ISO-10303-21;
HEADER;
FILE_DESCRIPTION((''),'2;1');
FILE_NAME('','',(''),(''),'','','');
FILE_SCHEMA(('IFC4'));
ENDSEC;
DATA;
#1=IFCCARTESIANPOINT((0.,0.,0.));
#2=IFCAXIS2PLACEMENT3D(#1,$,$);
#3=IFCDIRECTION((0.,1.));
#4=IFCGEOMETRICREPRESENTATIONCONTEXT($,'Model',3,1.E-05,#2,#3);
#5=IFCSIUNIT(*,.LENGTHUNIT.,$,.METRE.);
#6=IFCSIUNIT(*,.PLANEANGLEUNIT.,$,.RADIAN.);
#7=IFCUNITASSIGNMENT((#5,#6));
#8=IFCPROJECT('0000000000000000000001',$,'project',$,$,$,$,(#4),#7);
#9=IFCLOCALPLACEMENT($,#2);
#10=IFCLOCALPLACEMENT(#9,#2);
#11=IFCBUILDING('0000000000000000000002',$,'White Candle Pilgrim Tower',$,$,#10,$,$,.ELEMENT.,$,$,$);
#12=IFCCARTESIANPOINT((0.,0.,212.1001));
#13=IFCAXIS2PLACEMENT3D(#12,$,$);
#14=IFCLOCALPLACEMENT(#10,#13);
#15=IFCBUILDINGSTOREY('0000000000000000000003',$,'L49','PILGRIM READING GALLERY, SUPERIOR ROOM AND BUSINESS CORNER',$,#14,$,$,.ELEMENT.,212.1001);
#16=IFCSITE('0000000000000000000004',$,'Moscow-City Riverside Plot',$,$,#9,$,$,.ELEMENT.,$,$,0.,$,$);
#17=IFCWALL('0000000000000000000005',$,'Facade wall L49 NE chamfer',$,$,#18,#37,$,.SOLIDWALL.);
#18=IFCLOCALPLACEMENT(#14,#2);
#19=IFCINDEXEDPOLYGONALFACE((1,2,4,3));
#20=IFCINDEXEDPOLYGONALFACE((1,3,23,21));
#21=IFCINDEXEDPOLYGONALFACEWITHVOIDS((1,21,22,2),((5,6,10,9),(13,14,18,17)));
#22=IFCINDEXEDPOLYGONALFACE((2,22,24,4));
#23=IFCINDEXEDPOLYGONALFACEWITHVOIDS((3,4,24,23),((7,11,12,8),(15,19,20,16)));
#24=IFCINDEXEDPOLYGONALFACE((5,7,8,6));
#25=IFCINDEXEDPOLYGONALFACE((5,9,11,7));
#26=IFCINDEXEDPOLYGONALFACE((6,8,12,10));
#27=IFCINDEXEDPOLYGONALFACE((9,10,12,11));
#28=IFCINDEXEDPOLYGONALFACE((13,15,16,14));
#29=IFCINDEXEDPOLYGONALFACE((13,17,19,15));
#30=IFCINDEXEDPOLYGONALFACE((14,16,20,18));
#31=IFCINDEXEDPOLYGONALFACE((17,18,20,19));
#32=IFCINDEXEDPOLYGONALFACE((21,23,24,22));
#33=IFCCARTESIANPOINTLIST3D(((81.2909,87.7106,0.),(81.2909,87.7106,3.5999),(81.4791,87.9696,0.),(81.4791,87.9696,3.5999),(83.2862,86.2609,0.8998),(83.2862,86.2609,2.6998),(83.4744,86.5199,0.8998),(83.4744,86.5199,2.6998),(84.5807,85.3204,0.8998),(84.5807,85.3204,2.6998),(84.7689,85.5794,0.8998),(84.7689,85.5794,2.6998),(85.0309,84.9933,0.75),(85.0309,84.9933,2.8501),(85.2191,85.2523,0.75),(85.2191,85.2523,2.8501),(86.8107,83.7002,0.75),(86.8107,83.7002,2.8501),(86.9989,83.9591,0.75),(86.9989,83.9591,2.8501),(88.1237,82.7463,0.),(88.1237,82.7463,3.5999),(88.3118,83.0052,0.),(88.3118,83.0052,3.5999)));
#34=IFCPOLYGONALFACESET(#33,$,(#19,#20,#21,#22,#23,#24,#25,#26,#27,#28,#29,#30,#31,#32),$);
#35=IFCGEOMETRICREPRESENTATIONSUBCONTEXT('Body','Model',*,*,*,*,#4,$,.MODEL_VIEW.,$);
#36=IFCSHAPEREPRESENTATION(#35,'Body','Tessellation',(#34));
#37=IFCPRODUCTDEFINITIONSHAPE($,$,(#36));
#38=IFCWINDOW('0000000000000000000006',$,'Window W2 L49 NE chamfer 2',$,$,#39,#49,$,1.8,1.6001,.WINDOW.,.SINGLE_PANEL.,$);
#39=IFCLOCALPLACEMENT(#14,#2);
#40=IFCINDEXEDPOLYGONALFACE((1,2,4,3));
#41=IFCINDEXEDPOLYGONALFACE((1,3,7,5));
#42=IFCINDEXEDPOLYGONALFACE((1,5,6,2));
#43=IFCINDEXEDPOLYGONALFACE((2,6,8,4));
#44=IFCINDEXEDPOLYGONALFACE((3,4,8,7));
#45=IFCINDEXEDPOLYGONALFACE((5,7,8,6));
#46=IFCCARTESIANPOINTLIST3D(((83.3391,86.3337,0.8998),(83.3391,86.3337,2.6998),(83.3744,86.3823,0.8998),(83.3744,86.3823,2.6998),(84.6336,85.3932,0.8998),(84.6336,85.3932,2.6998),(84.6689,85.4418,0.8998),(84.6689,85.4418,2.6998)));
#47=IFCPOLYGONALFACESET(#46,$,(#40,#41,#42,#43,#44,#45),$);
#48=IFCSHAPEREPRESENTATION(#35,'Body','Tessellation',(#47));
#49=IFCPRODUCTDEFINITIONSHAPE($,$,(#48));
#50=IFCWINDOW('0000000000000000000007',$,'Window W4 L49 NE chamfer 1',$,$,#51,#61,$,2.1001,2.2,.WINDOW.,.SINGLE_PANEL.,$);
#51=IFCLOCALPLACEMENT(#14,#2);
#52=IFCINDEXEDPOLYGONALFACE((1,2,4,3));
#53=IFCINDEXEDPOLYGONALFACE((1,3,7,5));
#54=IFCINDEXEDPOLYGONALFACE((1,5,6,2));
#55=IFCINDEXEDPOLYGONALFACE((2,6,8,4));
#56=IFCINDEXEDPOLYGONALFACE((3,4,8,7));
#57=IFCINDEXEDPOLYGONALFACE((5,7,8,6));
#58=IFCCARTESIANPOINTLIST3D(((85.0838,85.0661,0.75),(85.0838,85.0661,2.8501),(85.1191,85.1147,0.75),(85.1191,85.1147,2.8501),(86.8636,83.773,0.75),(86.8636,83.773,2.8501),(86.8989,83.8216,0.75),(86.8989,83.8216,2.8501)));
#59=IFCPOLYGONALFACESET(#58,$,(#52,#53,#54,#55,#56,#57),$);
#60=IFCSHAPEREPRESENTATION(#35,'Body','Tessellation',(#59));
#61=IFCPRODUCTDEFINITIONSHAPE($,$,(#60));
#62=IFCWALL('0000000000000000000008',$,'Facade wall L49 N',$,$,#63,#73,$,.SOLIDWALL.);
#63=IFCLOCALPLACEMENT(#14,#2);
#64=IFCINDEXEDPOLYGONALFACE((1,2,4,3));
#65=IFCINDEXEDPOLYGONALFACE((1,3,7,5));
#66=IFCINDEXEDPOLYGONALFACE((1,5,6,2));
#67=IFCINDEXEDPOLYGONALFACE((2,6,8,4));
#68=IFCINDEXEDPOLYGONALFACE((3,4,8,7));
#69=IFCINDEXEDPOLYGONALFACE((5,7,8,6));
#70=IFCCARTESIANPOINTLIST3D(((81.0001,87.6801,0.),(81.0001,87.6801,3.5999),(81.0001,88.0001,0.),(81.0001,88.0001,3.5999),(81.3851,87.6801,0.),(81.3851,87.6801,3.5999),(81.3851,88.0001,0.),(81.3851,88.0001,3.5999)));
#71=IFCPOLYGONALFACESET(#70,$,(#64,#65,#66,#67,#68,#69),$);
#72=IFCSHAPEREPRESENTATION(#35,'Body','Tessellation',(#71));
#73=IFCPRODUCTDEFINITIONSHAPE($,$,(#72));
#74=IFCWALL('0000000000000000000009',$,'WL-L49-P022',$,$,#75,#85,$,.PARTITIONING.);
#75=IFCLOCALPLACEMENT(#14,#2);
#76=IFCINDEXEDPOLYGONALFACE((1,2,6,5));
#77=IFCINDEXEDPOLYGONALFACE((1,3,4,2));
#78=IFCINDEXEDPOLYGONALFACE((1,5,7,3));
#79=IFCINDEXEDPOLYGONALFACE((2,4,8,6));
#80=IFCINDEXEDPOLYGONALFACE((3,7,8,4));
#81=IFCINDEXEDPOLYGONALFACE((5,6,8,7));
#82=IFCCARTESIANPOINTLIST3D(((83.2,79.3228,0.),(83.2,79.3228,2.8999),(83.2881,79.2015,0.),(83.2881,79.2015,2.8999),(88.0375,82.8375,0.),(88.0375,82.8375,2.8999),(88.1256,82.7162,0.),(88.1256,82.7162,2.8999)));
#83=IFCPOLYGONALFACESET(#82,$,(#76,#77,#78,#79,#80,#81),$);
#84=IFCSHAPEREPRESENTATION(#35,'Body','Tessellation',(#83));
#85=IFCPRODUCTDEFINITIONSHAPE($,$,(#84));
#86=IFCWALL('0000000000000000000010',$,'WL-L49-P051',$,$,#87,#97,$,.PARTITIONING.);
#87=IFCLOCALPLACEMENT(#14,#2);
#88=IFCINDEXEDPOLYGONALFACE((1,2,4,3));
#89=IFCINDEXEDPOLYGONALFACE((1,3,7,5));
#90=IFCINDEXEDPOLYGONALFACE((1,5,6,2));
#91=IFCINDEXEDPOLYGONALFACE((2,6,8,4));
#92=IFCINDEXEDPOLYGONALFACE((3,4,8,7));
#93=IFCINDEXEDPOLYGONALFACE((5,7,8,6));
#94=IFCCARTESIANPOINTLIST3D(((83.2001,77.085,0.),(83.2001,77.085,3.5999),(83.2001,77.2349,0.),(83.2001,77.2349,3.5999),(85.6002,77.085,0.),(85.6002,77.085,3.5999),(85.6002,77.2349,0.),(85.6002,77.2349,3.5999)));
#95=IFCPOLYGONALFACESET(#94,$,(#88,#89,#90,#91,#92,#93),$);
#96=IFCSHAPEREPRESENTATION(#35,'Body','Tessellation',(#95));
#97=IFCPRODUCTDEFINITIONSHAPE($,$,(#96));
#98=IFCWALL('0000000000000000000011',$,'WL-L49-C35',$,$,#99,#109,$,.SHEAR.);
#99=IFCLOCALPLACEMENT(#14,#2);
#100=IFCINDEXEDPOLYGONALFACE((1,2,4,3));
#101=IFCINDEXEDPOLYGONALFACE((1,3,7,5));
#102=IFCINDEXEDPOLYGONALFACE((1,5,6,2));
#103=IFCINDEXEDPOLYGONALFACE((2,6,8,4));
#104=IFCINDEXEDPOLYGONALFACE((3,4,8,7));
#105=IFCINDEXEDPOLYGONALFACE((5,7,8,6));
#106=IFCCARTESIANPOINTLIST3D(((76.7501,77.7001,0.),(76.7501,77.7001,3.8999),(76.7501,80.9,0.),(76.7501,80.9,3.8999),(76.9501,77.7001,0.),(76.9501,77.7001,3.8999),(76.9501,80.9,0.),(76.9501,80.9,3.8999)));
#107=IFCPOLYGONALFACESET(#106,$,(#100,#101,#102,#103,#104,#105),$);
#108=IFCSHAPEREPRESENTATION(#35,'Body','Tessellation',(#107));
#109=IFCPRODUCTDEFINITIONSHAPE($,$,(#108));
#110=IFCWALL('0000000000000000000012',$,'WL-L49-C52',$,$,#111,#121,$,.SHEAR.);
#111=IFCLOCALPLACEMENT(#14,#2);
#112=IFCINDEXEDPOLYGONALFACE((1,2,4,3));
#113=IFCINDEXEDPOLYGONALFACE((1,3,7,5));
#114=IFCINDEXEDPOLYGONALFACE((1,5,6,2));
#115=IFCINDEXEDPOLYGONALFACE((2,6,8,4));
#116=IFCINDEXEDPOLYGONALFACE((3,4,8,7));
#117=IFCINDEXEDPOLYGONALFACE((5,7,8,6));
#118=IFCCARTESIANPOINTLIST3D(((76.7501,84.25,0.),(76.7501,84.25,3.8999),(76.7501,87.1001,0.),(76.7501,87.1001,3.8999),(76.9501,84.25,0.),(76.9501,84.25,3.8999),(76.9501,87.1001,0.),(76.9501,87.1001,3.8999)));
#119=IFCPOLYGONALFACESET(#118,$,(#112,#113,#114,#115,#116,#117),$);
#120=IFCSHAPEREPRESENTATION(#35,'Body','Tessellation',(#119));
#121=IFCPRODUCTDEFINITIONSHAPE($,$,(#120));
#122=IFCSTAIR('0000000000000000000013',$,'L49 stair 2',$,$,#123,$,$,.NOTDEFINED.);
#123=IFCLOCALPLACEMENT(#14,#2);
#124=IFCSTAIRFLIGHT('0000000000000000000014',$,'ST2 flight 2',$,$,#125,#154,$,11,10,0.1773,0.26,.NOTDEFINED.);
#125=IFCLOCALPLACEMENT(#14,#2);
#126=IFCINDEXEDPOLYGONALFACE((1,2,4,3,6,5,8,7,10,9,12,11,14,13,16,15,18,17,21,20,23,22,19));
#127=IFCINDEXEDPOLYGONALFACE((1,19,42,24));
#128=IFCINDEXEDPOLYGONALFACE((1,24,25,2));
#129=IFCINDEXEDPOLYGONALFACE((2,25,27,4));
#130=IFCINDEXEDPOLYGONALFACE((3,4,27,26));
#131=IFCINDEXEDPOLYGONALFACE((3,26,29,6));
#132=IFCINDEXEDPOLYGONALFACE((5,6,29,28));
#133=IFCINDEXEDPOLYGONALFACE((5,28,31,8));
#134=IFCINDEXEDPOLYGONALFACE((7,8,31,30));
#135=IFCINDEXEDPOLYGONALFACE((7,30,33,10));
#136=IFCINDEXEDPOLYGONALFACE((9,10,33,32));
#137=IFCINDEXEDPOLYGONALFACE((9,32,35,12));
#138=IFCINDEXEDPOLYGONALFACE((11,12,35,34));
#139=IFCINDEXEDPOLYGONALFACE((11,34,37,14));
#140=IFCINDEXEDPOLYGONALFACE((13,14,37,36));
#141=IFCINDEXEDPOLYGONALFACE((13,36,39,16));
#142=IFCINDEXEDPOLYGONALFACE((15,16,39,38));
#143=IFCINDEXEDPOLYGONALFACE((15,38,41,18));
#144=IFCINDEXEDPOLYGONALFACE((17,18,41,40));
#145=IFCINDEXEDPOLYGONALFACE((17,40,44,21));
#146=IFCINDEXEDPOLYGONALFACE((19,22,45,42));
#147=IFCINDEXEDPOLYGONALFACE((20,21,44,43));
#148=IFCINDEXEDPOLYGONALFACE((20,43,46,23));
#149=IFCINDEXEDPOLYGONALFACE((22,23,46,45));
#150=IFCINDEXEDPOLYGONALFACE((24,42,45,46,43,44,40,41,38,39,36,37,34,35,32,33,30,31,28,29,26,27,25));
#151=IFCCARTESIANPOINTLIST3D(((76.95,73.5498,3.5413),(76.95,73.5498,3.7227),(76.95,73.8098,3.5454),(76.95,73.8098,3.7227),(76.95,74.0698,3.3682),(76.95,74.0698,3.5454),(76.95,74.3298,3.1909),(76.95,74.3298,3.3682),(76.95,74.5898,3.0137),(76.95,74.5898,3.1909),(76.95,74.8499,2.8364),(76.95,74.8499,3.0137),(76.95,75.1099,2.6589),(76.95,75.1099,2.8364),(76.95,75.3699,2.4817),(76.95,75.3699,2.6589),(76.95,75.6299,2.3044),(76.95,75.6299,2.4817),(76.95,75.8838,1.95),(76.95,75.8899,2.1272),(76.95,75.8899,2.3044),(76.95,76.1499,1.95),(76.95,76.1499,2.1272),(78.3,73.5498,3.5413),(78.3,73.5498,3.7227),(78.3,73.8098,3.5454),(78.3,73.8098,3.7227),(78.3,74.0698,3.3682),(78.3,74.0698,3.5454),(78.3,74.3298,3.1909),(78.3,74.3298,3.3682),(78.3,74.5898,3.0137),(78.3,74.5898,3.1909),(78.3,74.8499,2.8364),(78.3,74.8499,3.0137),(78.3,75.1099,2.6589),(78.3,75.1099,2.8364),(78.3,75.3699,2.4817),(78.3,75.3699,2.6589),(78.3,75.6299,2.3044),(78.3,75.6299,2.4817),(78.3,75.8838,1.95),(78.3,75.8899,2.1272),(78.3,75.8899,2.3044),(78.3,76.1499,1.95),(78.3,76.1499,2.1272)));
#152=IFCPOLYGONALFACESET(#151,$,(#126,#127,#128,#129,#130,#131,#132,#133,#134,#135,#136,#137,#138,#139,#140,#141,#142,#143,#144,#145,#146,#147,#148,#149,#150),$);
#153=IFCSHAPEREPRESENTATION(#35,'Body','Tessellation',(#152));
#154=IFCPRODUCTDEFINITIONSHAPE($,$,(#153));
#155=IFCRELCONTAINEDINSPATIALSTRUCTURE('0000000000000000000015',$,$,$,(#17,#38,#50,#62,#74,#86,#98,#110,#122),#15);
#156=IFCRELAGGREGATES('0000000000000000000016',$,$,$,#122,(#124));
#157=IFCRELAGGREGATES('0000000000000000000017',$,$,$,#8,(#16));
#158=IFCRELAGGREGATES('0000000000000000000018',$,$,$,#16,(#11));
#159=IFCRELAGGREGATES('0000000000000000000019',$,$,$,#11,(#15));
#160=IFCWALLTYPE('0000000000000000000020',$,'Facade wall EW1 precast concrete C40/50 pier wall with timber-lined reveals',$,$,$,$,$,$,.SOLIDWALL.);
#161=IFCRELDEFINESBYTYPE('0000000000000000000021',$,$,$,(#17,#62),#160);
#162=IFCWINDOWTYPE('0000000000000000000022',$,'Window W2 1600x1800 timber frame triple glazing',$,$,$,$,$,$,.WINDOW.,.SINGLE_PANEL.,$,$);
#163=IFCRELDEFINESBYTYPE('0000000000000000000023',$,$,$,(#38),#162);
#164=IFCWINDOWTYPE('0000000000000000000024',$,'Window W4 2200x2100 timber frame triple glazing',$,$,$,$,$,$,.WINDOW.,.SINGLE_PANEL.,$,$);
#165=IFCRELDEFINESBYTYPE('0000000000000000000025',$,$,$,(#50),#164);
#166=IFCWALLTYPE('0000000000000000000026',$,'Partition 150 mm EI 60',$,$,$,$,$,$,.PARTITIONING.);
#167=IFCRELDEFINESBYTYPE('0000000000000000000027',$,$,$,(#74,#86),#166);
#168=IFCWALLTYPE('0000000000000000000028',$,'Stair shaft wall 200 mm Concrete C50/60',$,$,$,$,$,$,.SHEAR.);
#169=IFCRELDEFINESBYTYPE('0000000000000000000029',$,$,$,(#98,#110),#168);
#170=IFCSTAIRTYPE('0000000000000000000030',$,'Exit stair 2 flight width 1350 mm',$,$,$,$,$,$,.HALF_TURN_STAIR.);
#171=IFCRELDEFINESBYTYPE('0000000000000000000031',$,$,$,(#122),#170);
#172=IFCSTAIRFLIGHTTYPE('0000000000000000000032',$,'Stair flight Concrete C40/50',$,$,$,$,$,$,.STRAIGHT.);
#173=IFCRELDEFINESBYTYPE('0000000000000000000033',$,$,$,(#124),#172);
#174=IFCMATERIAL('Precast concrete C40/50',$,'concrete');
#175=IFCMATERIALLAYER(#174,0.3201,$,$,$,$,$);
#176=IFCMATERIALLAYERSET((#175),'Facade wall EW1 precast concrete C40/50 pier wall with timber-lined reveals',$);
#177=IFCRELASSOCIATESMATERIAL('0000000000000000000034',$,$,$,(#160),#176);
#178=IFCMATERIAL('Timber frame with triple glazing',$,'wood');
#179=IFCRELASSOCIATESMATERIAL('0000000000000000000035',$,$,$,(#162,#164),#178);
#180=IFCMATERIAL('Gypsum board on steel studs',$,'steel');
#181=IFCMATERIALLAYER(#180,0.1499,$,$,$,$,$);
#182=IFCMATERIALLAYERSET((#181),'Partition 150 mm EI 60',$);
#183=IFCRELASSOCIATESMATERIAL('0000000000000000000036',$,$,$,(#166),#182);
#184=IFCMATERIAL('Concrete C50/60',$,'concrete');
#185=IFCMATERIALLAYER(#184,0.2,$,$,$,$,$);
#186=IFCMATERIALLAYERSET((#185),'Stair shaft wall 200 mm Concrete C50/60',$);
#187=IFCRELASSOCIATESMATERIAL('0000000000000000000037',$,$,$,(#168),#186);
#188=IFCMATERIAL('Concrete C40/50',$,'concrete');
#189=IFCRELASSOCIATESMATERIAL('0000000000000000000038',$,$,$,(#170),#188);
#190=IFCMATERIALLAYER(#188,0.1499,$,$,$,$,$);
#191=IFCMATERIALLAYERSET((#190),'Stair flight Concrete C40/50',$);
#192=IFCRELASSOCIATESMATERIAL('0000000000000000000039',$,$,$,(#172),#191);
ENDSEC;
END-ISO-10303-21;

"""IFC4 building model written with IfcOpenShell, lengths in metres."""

from ifc_helpers import new_model, si_unit, direction, frame, frame_2d, origin, place, context, subcontext, project, spatial, polyline, rectangle, outline, extrude, material, layer, layer_set, type_object, element, fill, aggregate, save


model = new_model("IFC4")

# Units and contexts
model_context = context("Model", 3, precision=1e-05, world=origin(), true_north=direction((0.0, 1.0)))
body_context = subcontext(model_context, "Body", "Model", "MODEL_VIEW")
ifc_project = project(units=[si_unit("LENGTHUNIT", "METRE"), si_unit("PLANEANGLEUNIT", "RADIAN")], contexts=[model_context])

# Site, building, storey
site_placement = place(None, origin())
site = spatial("IfcSite", under=ifc_project, at=site_placement, Name="Moscow-City Riverside Plot", CompositionType="ELEMENT", RefElevation=0.0)
building_placement = place(site_placement, origin())
building = spatial("IfcBuilding", under=site, at=building_placement, Name="White Candle Pilgrim Tower", CompositionType="ELEMENT")
storey_placement = place(building_placement, frame((0.0, 0.0, 212.1001)))
storey = spatial("IfcBuildingStorey", under=building, at=storey_placement, Name="L49", Description="PILGRIM READING GALLERY, SUPERIOR ROOM AND BUSINESS CORNER", CompositionType="ELEMENT", Elevation=212.1001)

# Shared definitions
ifc_material_1 = material(Name="Concrete C50/60", Category="concrete")

# Shared definitions
ifc_material_2 = material(Name="Gypsum board on steel studs", Category="steel")

# Wall, openings, windows
ifc_material_3 = material(Name="Precast concrete C40/50", Category="concrete")
ifc_layer_1 = layer(ifc_material_3, 0.3201)
ifc_layer_set_1 = layer_set([ifc_layer_1], Name="Facade wall EW1 precast concrete C40/50 pier wall with timber-lined reveals")
wall_type_1 = type_object("IfcWallType", Name="Facade wall EW1 precast concrete C40/50 pier wall with timber-lined reveals", PredefinedType="SOLIDWALL", material=ifc_layer_set_1)
wall_1_placement = place(storey_placement, frame((88.2178, 82.8757, 0.0), z_axis=(0.0, 0.0, 1.0), x_axis=(-0.809013, 0.58779, 0.0)))
wall_1 = element("IfcWall", 1, at=wall_1_placement, inside=storey, type_object=wall_type_1, Name="Facade wall L49 NE chamfer", PredefinedType="SOLIDWALL", context=body_context, shape_type="SweptSolid", body=[
    extrude(rectangle(XDim=8.4458, YDim=0.3201, at=frame_2d((4.2229, 0.0))), origin(), (0.0, 0.0, 1.0), 3.5999),
])
opening_1_placement = place(wall_1_placement, frame((1.6228, 0.0, 0.75)))
opening_1 = element("IfcOpeningElement", 2, at=opening_1_placement, cuts=wall_1, PredefinedType="OPENING", context=body_context, shape_type="SweptSolid", body=[
    extrude(rectangle(XDim=2.2, YDim=2.1001, at=frame_2d((1.1001, 1.05))), frame((0.0, 0.1699, 0.0), z_axis=(0.0, -1.0, 0.0), x_axis=(1.0, 0.0, 0.0)), (0.0, 0.0, 1.0), 0.3401),
])
opening_2_placement = place(wall_1_placement, frame((4.3794, 0.0, 0.8999)))
opening_2 = element("IfcOpeningElement", 3, at=opening_2_placement, cuts=wall_1, PredefinedType="OPENING", context=body_context, shape_type="SweptSolid", body=[
    extrude(rectangle(XDim=1.6001, YDim=1.8, at=frame_2d((0.8, 0.8999))), frame((0.0, 0.1699, 0.0), z_axis=(0.0, -1.0, 0.0), x_axis=(1.0, 0.0, 0.0)), (0.0, 0.0, 1.0), 0.3401),
])
ifc_material_4 = material(Name="Timber frame with triple glazing", Category="wood")
window_type_1 = type_object("IfcWindowType", Name="Window W2 1600x1800 timber frame triple glazing", PartitioningType="SINGLE_PANEL", PredefinedType="WINDOW", material=ifc_material_4)
window_1_placement = place(opening_2_placement, origin())
window_1 = element("IfcWindow", 4, at=window_1_placement, inside=storey, type_object=window_type_1, Name="Window W2 L49 NE chamfer 2", OverallHeight=1.8, OverallWidth=1.6001, PartitioningType="SINGLE_PANEL", PredefinedType="WINDOW", context=body_context, shape_type="SweptSolid", body=[
    extrude(rectangle(XDim=1.6001, YDim=1.8, at=frame_2d((0.8, 0.8999))), frame((0.0, 0.0701, 0.0), z_axis=(0.0, -1.0, 0.0), x_axis=(1.0, 0.0, 0.0)), (0.0, 0.0, 1.0), 0.0601),
])
fill(opening_2, window_1)
window_type_2 = type_object("IfcWindowType", Name="Window W4 2200x2100 timber frame triple glazing", PartitioningType="SINGLE_PANEL", PredefinedType="WINDOW", material=ifc_material_4)
window_2_placement = place(opening_1_placement, origin())
window_2 = element("IfcWindow", 5, at=window_2_placement, inside=storey, type_object=window_type_2, Name="Window W4 L49 NE chamfer 1", OverallHeight=2.1001, OverallWidth=2.2, PartitioningType="SINGLE_PANEL", PredefinedType="WINDOW", context=body_context, shape_type="SweptSolid", body=[
    extrude(rectangle(XDim=2.2, YDim=2.1001, at=frame_2d((1.1001, 1.05))), frame((0.0, 0.0701, 0.0), z_axis=(0.0, -1.0, 0.0), x_axis=(1.0, 0.0, 0.0)), (0.0, 0.0, 1.0), 0.0601),
])
fill(opening_1, window_2)

# Walls
wall_2_placement = place(storey_placement, frame((81.385, 87.8401, 0.0), z_axis=(0.0, 0.0, 1.0), x_axis=(-1.0, 0.0, 0.0)))
element("IfcWall", 6, at=wall_2_placement, inside=storey, type_object=wall_type_1, Name="Facade wall L49 N", PredefinedType="SOLIDWALL", context=body_context, shape_type="SweptSolid", body=[
    extrude(rectangle(XDim=0.385, YDim=0.3201, at=frame_2d((0.1924, 0.0))), origin(), (0.0, 0.0, 1.0), 3.5999),
])
ifc_layer_2 = layer(ifc_material_2, 0.1499)
ifc_layer_set_2 = layer_set([ifc_layer_2], Name="Partition 150 mm EI 60")
wall_type_2 = type_object("IfcWallType", Name="Partition 150 mm EI 60", PredefinedType="PARTITIONING", material=ifc_layer_set_2)
wall_3_placement = place(storey_placement, frame((88.0815, 82.7769, 0.0), z_axis=(0.0, 0.0, 1.0), x_axis=(-0.809011, -0.587793, 0.0)))
element("IfcWall", 7, at=wall_3_placement, inside=storey, type_object=wall_type_2, Name="WL-L49-P022", PredefinedType="PARTITIONING", context=body_context, shape_type="SweptSolid", body=[
    extrude(rectangle(XDim=5.9795, YDim=0.1499, at=frame_2d((2.9897, 0.0))), origin(), (0.0, 0.0, 1.0), 2.8999),
])
wall_4_placement = place(storey_placement, frame((83.2, 77.1599, 0.0), z_axis=(0.0, 0.0, 1.0), x_axis=(1.0, 0.0, 0.0)))
element("IfcWall", 8, at=wall_4_placement, inside=storey, type_object=wall_type_2, Name="WL-L49-P051", PredefinedType="PARTITIONING", context=body_context, shape_type="SweptSolid", body=[
    extrude(rectangle(XDim=2.4001, YDim=0.1499, at=frame_2d((1.2002, 0.0))), origin(), (0.0, 0.0, 1.0), 3.5999),
])
ifc_layer_3 = layer(ifc_material_1, 0.2)
ifc_layer_set_3 = layer_set([ifc_layer_3], Name="Stair shaft wall 200 mm Concrete C50/60")
wall_type_3 = type_object("IfcWallType", Name="Stair shaft wall 200 mm Concrete C50/60", PredefinedType="SHEAR", material=ifc_layer_set_3)
wall_5_placement = place(storey_placement, frame((76.8501, 77.7, 0.0), z_axis=(0.0, 0.0, 1.0), x_axis=(0.0, 1.0, 0.0)))
element("IfcWall", 9, at=wall_5_placement, inside=storey, type_object=wall_type_3, Name="WL-L49-C35", PredefinedType="SHEAR", context=body_context, shape_type="SweptSolid", body=[
    extrude(rectangle(XDim=3.2, YDim=0.2, at=frame_2d((1.6001, 0.0))), origin(), (0.0, 0.0, 1.0), 3.8999),
])
wall_6_placement = place(storey_placement, frame((76.8501, 84.25, 0.0), z_axis=(0.0, 0.0, 1.0), x_axis=(0.0, 1.0, 0.0)))
element("IfcWall", 10, at=wall_6_placement, inside=storey, type_object=wall_type_3, Name="WL-L49-C52", PredefinedType="SHEAR", context=body_context, shape_type="SweptSolid", body=[
    extrude(rectangle(XDim=2.8501, YDim=0.2, at=frame_2d((1.425, 0.0))), origin(), (0.0, 0.0, 1.0), 3.8999),
])

# Stair, stair flight
ifc_material_5 = material(Name="Concrete C40/50", Category="concrete")
stair_type = type_object("IfcStairType", Name="Exit stair 2 flight width 1350 mm", PredefinedType="HALF_TURN_STAIR", material=ifc_material_5)
stair_placement = place(storey_placement, origin())
stair = element("IfcStair", 11, at=stair_placement, inside=storey, type_object=stair_type, Name="L49 stair 2", PredefinedType="NOTDEFINED")
ifc_layer_4 = layer(ifc_material_5, 0.1499)
ifc_layer_set_4 = layer_set([ifc_layer_4], Name="Stair flight Concrete C40/50")
stair_flight_type = type_object("IfcStairFlightType", Name="Stair flight Concrete C40/50", PredefinedType="STRAIGHT", material=ifc_layer_set_4)
stair_flight_placement = place(storey_placement, frame((77.625, 76.1499, 1.95), z_axis=(0.0, 0.0, 1.0), x_axis=(0.0, -1.0, 0.0)))
stair_flight = element("IfcStairFlight", 12, at=stair_flight_placement, type_object=stair_flight_type, Name="ST2 flight 2", NumberOfRisers=11, NumberOfTreads=10, PredefinedType="NOTDEFINED", RiserHeight=0.1773, TreadLength=0.26, context=body_context, shape_type="SweptSolid", body=[
    extrude(outline(polyline([(0.0, 0.0), (0.0, 0.1772), (0.26, 0.1772), (0.26, 0.3545), (0.52, 0.3545), (0.52, 0.5317), (0.78, 0.5317), (0.78, 0.709), (1.04, 0.709), (1.04, 0.8865), (1.3, 0.8865), (1.3, 1.0637), (1.5601, 1.0637), (1.5601, 1.241), (1.8201, 1.241), (1.8201, 1.4182), (2.0801, 1.4182), (2.0801, 1.5955), (2.3401, 1.5955), (2.3401, 1.7727), (2.6001, 1.7727), (2.6001, 1.95), (2.6001, 1.5913), (0.2661, 0.0), (0.0, 0.0)])), frame((0.0, 0.675, 0.0), z_axis=(0.0, -1.0, 0.0), x_axis=(1.0, 0.0, 0.0)), (0.0, 0.0, 1.0), 1.3501),
])
aggregate(stair, [stair_flight])

save(model, "model.ifc")
